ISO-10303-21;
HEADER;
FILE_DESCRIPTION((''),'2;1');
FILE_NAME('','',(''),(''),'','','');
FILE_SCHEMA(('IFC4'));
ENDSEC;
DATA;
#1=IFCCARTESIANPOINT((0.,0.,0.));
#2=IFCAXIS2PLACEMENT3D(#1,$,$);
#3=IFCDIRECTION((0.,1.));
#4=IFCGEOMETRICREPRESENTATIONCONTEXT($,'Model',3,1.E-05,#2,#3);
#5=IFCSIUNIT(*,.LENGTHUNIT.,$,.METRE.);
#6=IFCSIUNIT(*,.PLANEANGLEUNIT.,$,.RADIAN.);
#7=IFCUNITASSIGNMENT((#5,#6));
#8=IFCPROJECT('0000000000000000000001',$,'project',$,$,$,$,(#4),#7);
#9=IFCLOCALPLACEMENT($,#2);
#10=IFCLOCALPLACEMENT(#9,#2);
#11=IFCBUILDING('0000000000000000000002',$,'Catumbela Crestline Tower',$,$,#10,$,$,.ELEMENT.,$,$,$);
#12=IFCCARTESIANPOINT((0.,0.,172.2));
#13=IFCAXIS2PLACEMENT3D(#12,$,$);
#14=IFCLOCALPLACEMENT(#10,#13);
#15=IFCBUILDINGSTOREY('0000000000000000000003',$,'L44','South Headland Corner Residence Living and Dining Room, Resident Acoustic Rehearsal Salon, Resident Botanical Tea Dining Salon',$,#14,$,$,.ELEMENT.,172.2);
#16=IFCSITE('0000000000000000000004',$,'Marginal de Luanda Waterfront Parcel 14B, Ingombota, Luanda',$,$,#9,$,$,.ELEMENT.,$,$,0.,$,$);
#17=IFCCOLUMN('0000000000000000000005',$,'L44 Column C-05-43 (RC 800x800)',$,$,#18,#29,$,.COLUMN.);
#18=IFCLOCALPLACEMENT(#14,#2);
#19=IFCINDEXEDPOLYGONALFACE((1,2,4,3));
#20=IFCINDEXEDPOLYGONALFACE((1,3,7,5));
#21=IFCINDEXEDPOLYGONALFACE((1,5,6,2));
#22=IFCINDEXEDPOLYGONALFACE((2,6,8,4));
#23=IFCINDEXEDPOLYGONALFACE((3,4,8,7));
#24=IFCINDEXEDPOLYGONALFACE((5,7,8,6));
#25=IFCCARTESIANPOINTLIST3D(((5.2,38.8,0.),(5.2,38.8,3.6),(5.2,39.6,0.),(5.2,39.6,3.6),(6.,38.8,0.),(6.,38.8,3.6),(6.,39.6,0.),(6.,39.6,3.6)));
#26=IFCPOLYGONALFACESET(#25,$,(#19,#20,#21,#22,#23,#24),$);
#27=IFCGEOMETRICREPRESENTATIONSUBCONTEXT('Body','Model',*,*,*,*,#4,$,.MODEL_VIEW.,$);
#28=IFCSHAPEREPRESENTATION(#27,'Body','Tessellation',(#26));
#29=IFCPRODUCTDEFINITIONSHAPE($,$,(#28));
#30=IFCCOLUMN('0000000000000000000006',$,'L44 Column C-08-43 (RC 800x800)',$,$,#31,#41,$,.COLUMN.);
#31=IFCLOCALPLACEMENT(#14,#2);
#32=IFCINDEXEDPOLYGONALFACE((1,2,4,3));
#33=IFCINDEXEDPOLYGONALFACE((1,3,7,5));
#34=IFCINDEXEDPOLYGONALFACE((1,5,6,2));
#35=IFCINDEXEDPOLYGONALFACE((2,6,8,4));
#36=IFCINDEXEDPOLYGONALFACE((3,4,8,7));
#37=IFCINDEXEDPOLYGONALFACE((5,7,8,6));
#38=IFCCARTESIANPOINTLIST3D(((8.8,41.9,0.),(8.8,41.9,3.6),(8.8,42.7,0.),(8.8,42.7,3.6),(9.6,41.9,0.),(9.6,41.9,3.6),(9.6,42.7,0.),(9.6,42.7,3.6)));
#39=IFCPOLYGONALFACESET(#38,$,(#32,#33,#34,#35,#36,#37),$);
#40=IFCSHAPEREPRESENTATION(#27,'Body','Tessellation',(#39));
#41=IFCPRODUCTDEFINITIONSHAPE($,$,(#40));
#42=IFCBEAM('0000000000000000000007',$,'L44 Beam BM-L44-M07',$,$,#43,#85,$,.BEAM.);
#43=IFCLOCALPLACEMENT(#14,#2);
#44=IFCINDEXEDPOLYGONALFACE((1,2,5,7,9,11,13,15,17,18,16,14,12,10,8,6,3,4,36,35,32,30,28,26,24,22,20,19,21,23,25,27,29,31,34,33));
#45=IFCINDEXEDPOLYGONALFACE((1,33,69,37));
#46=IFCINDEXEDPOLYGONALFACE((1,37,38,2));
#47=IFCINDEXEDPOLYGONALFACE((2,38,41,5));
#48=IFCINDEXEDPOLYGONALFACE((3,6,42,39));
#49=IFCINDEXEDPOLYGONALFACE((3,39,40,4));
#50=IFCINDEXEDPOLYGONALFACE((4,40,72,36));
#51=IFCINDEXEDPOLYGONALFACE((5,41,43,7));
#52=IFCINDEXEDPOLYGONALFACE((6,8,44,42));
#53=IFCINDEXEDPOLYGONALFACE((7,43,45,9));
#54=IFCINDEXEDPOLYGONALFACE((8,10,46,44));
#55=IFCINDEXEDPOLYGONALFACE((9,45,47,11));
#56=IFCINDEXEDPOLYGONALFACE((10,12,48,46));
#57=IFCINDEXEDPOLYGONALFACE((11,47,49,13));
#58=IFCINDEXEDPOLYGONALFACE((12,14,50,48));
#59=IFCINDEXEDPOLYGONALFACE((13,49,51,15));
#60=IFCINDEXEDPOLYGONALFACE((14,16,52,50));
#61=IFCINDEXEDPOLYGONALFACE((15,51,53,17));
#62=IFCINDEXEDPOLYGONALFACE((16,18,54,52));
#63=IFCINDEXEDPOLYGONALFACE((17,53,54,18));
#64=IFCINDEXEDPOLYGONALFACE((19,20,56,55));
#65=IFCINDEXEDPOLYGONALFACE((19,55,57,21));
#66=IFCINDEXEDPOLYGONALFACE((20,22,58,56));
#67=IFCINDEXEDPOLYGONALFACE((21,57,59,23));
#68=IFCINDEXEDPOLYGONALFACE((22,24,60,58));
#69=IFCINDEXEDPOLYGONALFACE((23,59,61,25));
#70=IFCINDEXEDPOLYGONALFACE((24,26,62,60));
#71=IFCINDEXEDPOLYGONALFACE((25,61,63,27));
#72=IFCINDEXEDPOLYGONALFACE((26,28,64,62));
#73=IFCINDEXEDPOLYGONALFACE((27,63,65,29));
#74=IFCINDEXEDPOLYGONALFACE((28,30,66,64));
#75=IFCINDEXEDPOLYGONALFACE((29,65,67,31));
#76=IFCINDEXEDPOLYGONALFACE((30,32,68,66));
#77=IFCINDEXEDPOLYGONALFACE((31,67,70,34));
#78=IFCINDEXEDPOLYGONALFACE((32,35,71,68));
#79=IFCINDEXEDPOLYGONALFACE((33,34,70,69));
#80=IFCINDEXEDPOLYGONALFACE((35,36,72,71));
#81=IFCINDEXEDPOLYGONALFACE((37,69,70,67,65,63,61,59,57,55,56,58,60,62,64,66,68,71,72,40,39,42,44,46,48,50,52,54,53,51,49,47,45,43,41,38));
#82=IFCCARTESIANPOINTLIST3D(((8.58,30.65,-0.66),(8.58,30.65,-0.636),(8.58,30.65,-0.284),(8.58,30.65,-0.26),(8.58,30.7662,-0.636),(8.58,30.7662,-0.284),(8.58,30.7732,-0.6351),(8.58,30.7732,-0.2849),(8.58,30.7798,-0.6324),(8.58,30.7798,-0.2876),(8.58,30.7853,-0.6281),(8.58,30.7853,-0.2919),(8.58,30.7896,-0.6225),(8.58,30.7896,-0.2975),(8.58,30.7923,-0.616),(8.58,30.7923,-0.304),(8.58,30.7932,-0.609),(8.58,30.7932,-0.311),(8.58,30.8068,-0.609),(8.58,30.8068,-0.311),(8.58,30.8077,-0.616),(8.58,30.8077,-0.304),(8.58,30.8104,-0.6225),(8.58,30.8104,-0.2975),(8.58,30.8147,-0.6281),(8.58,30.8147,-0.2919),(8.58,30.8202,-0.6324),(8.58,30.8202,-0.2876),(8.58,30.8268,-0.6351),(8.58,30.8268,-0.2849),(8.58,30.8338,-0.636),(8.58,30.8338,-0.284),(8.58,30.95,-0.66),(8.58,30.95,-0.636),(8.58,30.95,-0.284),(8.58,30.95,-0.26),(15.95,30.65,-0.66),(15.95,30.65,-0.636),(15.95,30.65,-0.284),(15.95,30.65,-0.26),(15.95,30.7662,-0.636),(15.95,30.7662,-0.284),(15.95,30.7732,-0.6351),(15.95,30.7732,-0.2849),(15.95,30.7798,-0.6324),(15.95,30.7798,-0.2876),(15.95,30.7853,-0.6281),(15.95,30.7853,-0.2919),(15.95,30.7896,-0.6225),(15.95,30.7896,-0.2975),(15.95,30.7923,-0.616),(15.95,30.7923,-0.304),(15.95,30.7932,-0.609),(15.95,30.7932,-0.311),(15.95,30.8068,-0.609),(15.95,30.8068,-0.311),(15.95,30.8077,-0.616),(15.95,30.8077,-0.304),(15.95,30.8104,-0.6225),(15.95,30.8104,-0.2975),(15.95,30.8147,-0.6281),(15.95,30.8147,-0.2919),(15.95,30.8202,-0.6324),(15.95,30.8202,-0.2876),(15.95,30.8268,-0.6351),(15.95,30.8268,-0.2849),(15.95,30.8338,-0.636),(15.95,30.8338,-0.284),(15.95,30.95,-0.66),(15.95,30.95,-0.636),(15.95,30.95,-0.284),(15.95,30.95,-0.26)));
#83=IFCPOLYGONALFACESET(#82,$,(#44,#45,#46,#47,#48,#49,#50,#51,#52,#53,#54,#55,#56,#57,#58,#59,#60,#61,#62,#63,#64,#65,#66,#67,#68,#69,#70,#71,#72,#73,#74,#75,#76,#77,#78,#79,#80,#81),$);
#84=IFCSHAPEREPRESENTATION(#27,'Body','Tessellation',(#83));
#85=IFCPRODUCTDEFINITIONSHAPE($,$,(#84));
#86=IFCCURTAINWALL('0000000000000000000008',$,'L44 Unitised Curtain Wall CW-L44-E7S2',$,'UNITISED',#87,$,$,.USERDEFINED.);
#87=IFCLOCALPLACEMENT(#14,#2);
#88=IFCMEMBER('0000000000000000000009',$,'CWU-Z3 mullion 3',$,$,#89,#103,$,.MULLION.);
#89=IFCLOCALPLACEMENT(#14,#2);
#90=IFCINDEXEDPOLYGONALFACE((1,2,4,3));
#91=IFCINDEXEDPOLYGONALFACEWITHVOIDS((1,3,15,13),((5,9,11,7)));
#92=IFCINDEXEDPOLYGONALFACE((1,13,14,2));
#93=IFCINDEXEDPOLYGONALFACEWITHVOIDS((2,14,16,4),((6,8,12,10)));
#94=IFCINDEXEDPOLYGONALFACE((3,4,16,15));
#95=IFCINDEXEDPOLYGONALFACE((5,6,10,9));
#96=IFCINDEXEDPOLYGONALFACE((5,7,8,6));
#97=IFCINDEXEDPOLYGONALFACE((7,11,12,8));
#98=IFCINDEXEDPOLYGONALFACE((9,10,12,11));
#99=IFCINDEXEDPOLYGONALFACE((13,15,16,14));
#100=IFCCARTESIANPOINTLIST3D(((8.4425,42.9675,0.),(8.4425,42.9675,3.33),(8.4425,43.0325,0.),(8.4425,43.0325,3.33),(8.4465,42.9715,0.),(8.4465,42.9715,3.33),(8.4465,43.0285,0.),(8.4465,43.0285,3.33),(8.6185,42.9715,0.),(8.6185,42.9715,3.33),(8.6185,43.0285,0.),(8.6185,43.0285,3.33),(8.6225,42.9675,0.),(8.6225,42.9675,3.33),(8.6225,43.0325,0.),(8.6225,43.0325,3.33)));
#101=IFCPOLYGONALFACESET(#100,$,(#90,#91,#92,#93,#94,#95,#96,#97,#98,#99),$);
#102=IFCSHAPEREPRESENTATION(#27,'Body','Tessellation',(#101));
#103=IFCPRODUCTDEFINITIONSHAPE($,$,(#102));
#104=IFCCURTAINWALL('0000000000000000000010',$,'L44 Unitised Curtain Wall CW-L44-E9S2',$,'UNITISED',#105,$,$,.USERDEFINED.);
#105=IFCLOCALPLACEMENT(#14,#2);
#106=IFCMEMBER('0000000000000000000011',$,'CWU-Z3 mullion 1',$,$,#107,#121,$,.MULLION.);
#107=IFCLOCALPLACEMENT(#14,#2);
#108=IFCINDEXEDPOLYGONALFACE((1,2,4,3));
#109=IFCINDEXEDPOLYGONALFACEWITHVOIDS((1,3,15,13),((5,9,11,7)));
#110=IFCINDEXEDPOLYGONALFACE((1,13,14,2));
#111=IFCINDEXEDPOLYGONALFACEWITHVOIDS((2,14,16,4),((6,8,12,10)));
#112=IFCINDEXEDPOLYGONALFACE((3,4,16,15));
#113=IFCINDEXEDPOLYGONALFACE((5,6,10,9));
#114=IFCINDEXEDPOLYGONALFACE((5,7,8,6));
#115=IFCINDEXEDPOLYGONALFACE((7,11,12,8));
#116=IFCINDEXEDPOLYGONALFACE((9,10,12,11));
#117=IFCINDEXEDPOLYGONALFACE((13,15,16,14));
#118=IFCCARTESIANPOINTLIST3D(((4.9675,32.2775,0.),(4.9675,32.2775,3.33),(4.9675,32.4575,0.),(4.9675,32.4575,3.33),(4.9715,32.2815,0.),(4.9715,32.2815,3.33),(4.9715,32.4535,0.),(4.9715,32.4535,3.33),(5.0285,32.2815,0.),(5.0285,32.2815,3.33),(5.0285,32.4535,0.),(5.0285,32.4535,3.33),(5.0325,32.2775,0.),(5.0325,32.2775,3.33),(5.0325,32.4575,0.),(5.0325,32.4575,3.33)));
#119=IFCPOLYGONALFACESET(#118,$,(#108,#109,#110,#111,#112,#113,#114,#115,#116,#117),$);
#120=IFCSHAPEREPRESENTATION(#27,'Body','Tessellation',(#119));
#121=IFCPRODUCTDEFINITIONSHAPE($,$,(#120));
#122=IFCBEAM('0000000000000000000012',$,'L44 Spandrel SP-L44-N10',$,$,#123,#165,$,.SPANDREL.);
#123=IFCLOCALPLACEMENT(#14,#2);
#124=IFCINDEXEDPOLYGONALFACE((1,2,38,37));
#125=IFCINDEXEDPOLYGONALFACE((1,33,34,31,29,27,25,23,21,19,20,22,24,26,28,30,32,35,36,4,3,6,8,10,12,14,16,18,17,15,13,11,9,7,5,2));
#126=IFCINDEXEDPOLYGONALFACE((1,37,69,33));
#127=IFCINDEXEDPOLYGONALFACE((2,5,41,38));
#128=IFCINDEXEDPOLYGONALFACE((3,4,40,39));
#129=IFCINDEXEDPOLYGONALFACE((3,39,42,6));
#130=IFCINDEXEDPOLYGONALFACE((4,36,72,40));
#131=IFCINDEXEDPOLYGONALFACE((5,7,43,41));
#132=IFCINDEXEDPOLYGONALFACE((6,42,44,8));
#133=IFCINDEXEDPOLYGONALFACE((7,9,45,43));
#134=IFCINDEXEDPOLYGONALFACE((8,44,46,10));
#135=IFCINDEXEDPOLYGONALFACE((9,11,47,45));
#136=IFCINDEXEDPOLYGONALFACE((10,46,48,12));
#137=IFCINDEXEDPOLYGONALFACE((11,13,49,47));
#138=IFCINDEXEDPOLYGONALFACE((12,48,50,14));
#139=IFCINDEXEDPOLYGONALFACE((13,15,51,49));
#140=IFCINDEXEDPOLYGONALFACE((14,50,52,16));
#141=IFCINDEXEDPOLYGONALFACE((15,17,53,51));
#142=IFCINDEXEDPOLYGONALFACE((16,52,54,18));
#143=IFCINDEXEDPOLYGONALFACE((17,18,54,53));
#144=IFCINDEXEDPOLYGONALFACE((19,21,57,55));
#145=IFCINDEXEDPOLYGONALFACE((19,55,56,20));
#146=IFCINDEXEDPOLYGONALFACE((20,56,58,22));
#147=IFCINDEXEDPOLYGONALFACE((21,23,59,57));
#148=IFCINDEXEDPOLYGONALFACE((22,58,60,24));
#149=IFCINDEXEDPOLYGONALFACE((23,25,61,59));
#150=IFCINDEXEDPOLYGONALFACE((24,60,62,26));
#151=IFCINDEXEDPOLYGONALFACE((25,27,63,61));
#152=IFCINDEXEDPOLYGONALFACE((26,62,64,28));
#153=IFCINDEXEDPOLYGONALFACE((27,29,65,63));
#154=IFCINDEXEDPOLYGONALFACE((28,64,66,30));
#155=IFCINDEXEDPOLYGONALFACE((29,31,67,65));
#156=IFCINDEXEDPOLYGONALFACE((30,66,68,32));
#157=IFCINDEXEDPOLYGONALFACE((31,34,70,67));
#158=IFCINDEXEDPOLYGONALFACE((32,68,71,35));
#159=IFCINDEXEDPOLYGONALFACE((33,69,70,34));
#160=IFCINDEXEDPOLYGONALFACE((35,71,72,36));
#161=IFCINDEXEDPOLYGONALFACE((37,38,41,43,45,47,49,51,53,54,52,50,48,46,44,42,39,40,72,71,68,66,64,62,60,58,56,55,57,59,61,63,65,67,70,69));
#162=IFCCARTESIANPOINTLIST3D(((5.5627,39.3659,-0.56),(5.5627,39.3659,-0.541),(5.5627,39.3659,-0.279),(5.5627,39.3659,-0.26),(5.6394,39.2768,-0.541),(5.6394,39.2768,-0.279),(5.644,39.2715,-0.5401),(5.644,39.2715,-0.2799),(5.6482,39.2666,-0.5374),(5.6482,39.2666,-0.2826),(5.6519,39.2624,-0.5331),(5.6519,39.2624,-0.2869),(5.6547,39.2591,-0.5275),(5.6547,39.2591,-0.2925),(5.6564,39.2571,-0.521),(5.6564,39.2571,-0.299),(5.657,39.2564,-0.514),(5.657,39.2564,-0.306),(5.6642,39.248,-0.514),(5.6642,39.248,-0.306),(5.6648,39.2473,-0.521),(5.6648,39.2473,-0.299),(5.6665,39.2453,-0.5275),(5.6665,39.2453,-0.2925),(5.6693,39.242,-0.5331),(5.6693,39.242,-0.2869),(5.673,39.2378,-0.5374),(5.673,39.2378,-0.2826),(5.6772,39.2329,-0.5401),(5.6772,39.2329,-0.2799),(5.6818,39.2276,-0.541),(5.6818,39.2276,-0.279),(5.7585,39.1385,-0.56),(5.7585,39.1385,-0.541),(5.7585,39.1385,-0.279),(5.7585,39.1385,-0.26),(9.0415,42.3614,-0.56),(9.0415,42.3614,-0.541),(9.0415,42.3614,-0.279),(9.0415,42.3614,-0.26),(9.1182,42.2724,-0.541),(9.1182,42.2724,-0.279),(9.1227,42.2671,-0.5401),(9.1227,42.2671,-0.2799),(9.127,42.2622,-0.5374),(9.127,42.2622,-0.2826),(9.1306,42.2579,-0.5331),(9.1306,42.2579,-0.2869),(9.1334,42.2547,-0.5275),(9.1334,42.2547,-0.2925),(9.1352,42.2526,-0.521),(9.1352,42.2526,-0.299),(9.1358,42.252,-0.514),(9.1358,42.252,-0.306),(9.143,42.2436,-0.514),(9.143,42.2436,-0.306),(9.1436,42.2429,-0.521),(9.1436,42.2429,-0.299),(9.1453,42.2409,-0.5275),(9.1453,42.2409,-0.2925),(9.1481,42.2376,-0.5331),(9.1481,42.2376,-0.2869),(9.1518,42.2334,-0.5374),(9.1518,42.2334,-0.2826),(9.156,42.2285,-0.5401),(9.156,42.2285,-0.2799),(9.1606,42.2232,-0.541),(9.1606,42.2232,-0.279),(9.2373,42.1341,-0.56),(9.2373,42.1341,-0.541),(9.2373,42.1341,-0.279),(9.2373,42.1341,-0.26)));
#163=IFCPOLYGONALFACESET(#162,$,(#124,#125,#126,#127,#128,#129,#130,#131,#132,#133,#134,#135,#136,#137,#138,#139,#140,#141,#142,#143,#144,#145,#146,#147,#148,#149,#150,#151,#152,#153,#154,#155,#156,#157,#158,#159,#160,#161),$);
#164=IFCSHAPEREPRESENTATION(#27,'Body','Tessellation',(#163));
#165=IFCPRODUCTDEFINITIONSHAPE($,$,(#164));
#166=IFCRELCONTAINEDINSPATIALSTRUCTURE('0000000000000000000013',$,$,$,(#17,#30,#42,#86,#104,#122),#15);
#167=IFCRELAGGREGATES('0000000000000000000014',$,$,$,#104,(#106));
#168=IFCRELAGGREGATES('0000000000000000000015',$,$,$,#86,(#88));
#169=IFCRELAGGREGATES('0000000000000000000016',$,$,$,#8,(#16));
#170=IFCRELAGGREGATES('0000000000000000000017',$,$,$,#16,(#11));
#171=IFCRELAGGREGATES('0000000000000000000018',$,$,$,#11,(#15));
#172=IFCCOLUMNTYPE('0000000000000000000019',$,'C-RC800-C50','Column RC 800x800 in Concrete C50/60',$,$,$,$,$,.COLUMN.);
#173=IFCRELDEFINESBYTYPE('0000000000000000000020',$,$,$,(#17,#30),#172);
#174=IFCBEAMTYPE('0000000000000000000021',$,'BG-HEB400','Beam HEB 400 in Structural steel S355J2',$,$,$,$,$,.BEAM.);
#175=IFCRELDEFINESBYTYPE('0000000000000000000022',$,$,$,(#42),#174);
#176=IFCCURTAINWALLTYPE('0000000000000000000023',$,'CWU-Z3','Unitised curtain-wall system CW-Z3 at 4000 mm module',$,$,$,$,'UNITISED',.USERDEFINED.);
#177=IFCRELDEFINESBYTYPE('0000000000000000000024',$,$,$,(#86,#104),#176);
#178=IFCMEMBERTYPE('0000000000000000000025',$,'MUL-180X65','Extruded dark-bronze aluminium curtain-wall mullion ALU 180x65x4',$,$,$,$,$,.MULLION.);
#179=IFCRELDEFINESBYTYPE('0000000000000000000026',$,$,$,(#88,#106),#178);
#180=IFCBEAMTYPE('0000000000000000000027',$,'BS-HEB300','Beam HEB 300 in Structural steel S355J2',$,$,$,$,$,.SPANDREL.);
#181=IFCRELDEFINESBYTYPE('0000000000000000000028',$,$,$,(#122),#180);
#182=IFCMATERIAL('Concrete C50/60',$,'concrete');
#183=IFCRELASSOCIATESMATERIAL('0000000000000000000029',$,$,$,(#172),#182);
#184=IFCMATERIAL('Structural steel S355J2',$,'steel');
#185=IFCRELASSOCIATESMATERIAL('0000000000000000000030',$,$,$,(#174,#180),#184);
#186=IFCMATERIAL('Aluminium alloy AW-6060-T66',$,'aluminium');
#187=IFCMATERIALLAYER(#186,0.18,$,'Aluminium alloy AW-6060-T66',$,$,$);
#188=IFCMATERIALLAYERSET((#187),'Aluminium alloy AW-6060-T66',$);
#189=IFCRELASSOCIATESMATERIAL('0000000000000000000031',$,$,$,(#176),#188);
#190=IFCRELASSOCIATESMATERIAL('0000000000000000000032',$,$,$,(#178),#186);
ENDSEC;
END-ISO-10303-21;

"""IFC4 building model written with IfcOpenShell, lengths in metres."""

from ifc_helpers import new_model, si_unit, direction, frame, origin, origin_2d, place, context, subcontext, project, spatial, rectangle, hollow_rectangle, i_section, extrude, material, layer, layer_set, material_profile, profile_set, type_object, element, aggregate, save


model = new_model("IFC4")

# Units and contexts
model_context = context("Model", 3, precision=1e-05, world=origin(), true_north=direction((0.0, 1.0)))
body_context = subcontext(model_context, "Body", "Model", "MODEL_VIEW")
ifc_project = project(units=[si_unit("LENGTHUNIT", "METRE"), si_unit("PLANEANGLEUNIT", "RADIAN")], contexts=[model_context])

# Site, building, storey
site_placement = place(None, origin())
site = spatial("IfcSite", under=ifc_project, at=site_placement, Name="Marginal de Luanda Waterfront Parcel 14B, Ingombota, Luanda", CompositionType="ELEMENT", RefElevation=0.0)
building_placement = place(site_placement, origin())
building = spatial("IfcBuilding", under=site, at=building_placement, Name="Catumbela Crestline Tower", CompositionType="ELEMENT")
storey_placement = place(building_placement, frame((0.0, 0.0, 172.2)))
storey = spatial("IfcBuildingStorey", under=building, at=storey_placement, Name="L44", Description="South Headland Corner Residence Living and Dining Room, Resident Acoustic Rehearsal Salon, Resident Botanical Tea Dining Salon", CompositionType="ELEMENT", Elevation=172.2)

# Columns
ifc_material_1 = material(Name="Concrete C50/60", Category="concrete")
ifc_material_profile_1 = material_profile(ifc_material_1, rectangle(XDim=0.8, YDim=0.8, at=origin_2d()), Name="RC 800x800")
ifc_profile_set_1 = profile_set([ifc_material_profile_1], Name="Concrete C50/60")
column_type = type_object("IfcColumnType", Name="C-RC800-C50", Description="Column RC 800x800 in Concrete C50/60", PredefinedType="COLUMN", material=ifc_profile_set_1)
for number, where, z_axis, x_axis, name in (
    (1, (5.6, 39.2, 0.0), (0.0, 0.0, 1.0), (1.0, 0.0, 0.0), "L44 Column C-05-43 (RC 800x800)"),
    (2, (9.2, 42.3, 0.0), (0.0, 0.0, 1.0), (1.0, 0.0, 0.0), "L44 Column C-08-43 (RC 800x800)"),
):
    element("IfcColumn", number, at=place(storey_placement, frame(where, z_axis=z_axis, x_axis=x_axis)), inside=storey, type_object=column_type, Name=name, PredefinedType="COLUMN", context=body_context, shape_type="SweptSolid", body=[
        extrude(rectangle(XDim=0.8, YDim=0.8, at=origin_2d()), origin(), (0.0, 0.0, 1.0), 3.6),
    ])

# Beam
ifc_material_2 = material(Name="Structural steel S355J2", Category="steel")
ifc_material_profile_2 = material_profile(ifc_material_2, i_section(OverallWidth=0.3, OverallDepth=0.4, WebThickness=0.0135, FlangeThickness=0.024, FilletRadius=0.027, at=origin_2d()), Name="HEB 400")
ifc_profile_set_2 = profile_set([ifc_material_profile_2], Name="Structural steel S355J2")
beam_type_1 = type_object("IfcBeamType", Name="BG-HEB400", Description="Beam HEB 400 in Structural steel S355J2", PredefinedType="BEAM", material=ifc_profile_set_2)
beam_1_placement = place(storey_placement, frame((8.58, 30.8, -0.46), z_axis=(1.0, 0.0, 0.0), x_axis=(0.0, 1.0, 0.0)))
element("IfcBeam", 3, at=beam_1_placement, inside=storey, type_object=beam_type_1, Name="L44 Beam BM-L44-M07", PredefinedType="BEAM", context=body_context, shape_type="SweptSolid", body=[
    extrude(i_section(OverallWidth=0.3, OverallDepth=0.4, WebThickness=0.0135, FlangeThickness=0.024, FilletRadius=0.027, at=origin_2d()), origin(), (0.0, 0.0, 1.0), 7.37),
])

# Curtain walls, members
ifc_material_3 = material(Name="Aluminium alloy AW-6060-T66", Category="aluminium")
ifc_layer_1 = layer(ifc_material_3, 0.18, Name="Aluminium alloy AW-6060-T66")
ifc_layer_set_1 = layer_set([ifc_layer_1], Name="Aluminium alloy AW-6060-T66")
curtain_wall_type = type_object("IfcCurtainWallType", Name="CWU-Z3", Description="Unitised curtain-wall system CW-Z3 at 4000 mm module", ElementType="UNITISED", PredefinedType="USERDEFINED", material=ifc_layer_set_1)
curtain_wall_1_placement = place(storey_placement, origin())
curtain_wall_1 = element("IfcCurtainWall", 4, at=curtain_wall_1_placement, inside=storey, type_object=curtain_wall_type, Name="L44 Unitised Curtain Wall CW-L44-E7S2", ObjectType="UNITISED", PredefinedType="USERDEFINED")
ifc_material_profile_3 = material_profile(ifc_material_3, hollow_rectangle(XDim=0.065, YDim=0.18, WallThickness=0.004, at=origin_2d()), Name="ALU 180x65x4")
ifc_profile_set_3 = profile_set([ifc_material_profile_3], Name="Aluminium alloy AW-6060-T66")
member_type_1 = type_object("IfcMemberType", Name="MUL-180X65", Description="Extruded dark-bronze aluminium curtain-wall mullion ALU 180x65x4", PredefinedType="MULLION", material=ifc_profile_set_3)
member_1_placement = place(storey_placement, frame((8.5325, 43.0, 0.0), z_axis=(0.0, 0.0, 1.0), x_axis=(0.0, -1.0, 0.0)))
member_1 = element("IfcMember", 5, at=member_1_placement, type_object=member_type_1, Name="CWU-Z3 mullion 3", PredefinedType="MULLION", context=body_context, shape_type="SweptSolid", body=[
    extrude(hollow_rectangle(XDim=0.065, YDim=0.18, WallThickness=0.004, at=origin_2d()), origin(), (0.0, 0.0, 1.0), 3.33),
])
curtain_wall_2_placement = place(storey_placement, origin())
curtain_wall_2 = element("IfcCurtainWall", 6, at=curtain_wall_2_placement, inside=storey, type_object=curtain_wall_type, Name="L44 Unitised Curtain Wall CW-L44-E9S2", ObjectType="UNITISED", PredefinedType="USERDEFINED")
member_2_placement = place(storey_placement, frame((5.0, 32.3675, 0.0), z_axis=(0.0, 0.0, 1.0), x_axis=(1.0, 0.0, 0.0)))
member_2 = element("IfcMember", 7, at=member_2_placement, type_object=member_type_1, Name="CWU-Z3 mullion 1", PredefinedType="MULLION", context=body_context, shape_type="SweptSolid", body=[
    extrude(hollow_rectangle(XDim=0.065, YDim=0.18, WallThickness=0.004, at=origin_2d()), origin(), (0.0, 0.0, 1.0), 3.33),
])

# Beam
ifc_material_profile_4 = material_profile(ifc_material_2, i_section(OverallWidth=0.3, OverallDepth=0.3, WebThickness=0.011, FlangeThickness=0.019, FilletRadius=0.027, at=origin_2d()), Name="HEB 300")
ifc_profile_set_4 = profile_set([ifc_material_profile_4], Name="Structural steel S355J2")
beam_type_2 = type_object("IfcBeamType", Name="BS-HEB300", Description="Beam HEB 300 in Structural steel S355J2", PredefinedType="SPANDREL", material=ifc_profile_set_4)
beam_2_placement = place(storey_placement, frame((5.6606, 39.2522, -0.41), z_axis=(0.757772, 0.652519, 0.0), x_axis=(-0.652519, 0.757772, 0.0)))
element("IfcBeam", 8, at=beam_2_placement, inside=storey, type_object=beam_type_2, Name="L44 Spandrel SP-L44-N10", PredefinedType="SPANDREL", context=body_context, shape_type="SweptSolid", body=[
    extrude(i_section(OverallWidth=0.3, OverallDepth=0.3, WebThickness=0.011, FlangeThickness=0.019, FilletRadius=0.027, at=origin_2d()), origin(), (0.0, 0.0, 1.0), 4.5908),
])

aggregate(curtain_wall_2, [member_2])

aggregate(curtain_wall_1, [member_1])

save(model, "model.ifc")
